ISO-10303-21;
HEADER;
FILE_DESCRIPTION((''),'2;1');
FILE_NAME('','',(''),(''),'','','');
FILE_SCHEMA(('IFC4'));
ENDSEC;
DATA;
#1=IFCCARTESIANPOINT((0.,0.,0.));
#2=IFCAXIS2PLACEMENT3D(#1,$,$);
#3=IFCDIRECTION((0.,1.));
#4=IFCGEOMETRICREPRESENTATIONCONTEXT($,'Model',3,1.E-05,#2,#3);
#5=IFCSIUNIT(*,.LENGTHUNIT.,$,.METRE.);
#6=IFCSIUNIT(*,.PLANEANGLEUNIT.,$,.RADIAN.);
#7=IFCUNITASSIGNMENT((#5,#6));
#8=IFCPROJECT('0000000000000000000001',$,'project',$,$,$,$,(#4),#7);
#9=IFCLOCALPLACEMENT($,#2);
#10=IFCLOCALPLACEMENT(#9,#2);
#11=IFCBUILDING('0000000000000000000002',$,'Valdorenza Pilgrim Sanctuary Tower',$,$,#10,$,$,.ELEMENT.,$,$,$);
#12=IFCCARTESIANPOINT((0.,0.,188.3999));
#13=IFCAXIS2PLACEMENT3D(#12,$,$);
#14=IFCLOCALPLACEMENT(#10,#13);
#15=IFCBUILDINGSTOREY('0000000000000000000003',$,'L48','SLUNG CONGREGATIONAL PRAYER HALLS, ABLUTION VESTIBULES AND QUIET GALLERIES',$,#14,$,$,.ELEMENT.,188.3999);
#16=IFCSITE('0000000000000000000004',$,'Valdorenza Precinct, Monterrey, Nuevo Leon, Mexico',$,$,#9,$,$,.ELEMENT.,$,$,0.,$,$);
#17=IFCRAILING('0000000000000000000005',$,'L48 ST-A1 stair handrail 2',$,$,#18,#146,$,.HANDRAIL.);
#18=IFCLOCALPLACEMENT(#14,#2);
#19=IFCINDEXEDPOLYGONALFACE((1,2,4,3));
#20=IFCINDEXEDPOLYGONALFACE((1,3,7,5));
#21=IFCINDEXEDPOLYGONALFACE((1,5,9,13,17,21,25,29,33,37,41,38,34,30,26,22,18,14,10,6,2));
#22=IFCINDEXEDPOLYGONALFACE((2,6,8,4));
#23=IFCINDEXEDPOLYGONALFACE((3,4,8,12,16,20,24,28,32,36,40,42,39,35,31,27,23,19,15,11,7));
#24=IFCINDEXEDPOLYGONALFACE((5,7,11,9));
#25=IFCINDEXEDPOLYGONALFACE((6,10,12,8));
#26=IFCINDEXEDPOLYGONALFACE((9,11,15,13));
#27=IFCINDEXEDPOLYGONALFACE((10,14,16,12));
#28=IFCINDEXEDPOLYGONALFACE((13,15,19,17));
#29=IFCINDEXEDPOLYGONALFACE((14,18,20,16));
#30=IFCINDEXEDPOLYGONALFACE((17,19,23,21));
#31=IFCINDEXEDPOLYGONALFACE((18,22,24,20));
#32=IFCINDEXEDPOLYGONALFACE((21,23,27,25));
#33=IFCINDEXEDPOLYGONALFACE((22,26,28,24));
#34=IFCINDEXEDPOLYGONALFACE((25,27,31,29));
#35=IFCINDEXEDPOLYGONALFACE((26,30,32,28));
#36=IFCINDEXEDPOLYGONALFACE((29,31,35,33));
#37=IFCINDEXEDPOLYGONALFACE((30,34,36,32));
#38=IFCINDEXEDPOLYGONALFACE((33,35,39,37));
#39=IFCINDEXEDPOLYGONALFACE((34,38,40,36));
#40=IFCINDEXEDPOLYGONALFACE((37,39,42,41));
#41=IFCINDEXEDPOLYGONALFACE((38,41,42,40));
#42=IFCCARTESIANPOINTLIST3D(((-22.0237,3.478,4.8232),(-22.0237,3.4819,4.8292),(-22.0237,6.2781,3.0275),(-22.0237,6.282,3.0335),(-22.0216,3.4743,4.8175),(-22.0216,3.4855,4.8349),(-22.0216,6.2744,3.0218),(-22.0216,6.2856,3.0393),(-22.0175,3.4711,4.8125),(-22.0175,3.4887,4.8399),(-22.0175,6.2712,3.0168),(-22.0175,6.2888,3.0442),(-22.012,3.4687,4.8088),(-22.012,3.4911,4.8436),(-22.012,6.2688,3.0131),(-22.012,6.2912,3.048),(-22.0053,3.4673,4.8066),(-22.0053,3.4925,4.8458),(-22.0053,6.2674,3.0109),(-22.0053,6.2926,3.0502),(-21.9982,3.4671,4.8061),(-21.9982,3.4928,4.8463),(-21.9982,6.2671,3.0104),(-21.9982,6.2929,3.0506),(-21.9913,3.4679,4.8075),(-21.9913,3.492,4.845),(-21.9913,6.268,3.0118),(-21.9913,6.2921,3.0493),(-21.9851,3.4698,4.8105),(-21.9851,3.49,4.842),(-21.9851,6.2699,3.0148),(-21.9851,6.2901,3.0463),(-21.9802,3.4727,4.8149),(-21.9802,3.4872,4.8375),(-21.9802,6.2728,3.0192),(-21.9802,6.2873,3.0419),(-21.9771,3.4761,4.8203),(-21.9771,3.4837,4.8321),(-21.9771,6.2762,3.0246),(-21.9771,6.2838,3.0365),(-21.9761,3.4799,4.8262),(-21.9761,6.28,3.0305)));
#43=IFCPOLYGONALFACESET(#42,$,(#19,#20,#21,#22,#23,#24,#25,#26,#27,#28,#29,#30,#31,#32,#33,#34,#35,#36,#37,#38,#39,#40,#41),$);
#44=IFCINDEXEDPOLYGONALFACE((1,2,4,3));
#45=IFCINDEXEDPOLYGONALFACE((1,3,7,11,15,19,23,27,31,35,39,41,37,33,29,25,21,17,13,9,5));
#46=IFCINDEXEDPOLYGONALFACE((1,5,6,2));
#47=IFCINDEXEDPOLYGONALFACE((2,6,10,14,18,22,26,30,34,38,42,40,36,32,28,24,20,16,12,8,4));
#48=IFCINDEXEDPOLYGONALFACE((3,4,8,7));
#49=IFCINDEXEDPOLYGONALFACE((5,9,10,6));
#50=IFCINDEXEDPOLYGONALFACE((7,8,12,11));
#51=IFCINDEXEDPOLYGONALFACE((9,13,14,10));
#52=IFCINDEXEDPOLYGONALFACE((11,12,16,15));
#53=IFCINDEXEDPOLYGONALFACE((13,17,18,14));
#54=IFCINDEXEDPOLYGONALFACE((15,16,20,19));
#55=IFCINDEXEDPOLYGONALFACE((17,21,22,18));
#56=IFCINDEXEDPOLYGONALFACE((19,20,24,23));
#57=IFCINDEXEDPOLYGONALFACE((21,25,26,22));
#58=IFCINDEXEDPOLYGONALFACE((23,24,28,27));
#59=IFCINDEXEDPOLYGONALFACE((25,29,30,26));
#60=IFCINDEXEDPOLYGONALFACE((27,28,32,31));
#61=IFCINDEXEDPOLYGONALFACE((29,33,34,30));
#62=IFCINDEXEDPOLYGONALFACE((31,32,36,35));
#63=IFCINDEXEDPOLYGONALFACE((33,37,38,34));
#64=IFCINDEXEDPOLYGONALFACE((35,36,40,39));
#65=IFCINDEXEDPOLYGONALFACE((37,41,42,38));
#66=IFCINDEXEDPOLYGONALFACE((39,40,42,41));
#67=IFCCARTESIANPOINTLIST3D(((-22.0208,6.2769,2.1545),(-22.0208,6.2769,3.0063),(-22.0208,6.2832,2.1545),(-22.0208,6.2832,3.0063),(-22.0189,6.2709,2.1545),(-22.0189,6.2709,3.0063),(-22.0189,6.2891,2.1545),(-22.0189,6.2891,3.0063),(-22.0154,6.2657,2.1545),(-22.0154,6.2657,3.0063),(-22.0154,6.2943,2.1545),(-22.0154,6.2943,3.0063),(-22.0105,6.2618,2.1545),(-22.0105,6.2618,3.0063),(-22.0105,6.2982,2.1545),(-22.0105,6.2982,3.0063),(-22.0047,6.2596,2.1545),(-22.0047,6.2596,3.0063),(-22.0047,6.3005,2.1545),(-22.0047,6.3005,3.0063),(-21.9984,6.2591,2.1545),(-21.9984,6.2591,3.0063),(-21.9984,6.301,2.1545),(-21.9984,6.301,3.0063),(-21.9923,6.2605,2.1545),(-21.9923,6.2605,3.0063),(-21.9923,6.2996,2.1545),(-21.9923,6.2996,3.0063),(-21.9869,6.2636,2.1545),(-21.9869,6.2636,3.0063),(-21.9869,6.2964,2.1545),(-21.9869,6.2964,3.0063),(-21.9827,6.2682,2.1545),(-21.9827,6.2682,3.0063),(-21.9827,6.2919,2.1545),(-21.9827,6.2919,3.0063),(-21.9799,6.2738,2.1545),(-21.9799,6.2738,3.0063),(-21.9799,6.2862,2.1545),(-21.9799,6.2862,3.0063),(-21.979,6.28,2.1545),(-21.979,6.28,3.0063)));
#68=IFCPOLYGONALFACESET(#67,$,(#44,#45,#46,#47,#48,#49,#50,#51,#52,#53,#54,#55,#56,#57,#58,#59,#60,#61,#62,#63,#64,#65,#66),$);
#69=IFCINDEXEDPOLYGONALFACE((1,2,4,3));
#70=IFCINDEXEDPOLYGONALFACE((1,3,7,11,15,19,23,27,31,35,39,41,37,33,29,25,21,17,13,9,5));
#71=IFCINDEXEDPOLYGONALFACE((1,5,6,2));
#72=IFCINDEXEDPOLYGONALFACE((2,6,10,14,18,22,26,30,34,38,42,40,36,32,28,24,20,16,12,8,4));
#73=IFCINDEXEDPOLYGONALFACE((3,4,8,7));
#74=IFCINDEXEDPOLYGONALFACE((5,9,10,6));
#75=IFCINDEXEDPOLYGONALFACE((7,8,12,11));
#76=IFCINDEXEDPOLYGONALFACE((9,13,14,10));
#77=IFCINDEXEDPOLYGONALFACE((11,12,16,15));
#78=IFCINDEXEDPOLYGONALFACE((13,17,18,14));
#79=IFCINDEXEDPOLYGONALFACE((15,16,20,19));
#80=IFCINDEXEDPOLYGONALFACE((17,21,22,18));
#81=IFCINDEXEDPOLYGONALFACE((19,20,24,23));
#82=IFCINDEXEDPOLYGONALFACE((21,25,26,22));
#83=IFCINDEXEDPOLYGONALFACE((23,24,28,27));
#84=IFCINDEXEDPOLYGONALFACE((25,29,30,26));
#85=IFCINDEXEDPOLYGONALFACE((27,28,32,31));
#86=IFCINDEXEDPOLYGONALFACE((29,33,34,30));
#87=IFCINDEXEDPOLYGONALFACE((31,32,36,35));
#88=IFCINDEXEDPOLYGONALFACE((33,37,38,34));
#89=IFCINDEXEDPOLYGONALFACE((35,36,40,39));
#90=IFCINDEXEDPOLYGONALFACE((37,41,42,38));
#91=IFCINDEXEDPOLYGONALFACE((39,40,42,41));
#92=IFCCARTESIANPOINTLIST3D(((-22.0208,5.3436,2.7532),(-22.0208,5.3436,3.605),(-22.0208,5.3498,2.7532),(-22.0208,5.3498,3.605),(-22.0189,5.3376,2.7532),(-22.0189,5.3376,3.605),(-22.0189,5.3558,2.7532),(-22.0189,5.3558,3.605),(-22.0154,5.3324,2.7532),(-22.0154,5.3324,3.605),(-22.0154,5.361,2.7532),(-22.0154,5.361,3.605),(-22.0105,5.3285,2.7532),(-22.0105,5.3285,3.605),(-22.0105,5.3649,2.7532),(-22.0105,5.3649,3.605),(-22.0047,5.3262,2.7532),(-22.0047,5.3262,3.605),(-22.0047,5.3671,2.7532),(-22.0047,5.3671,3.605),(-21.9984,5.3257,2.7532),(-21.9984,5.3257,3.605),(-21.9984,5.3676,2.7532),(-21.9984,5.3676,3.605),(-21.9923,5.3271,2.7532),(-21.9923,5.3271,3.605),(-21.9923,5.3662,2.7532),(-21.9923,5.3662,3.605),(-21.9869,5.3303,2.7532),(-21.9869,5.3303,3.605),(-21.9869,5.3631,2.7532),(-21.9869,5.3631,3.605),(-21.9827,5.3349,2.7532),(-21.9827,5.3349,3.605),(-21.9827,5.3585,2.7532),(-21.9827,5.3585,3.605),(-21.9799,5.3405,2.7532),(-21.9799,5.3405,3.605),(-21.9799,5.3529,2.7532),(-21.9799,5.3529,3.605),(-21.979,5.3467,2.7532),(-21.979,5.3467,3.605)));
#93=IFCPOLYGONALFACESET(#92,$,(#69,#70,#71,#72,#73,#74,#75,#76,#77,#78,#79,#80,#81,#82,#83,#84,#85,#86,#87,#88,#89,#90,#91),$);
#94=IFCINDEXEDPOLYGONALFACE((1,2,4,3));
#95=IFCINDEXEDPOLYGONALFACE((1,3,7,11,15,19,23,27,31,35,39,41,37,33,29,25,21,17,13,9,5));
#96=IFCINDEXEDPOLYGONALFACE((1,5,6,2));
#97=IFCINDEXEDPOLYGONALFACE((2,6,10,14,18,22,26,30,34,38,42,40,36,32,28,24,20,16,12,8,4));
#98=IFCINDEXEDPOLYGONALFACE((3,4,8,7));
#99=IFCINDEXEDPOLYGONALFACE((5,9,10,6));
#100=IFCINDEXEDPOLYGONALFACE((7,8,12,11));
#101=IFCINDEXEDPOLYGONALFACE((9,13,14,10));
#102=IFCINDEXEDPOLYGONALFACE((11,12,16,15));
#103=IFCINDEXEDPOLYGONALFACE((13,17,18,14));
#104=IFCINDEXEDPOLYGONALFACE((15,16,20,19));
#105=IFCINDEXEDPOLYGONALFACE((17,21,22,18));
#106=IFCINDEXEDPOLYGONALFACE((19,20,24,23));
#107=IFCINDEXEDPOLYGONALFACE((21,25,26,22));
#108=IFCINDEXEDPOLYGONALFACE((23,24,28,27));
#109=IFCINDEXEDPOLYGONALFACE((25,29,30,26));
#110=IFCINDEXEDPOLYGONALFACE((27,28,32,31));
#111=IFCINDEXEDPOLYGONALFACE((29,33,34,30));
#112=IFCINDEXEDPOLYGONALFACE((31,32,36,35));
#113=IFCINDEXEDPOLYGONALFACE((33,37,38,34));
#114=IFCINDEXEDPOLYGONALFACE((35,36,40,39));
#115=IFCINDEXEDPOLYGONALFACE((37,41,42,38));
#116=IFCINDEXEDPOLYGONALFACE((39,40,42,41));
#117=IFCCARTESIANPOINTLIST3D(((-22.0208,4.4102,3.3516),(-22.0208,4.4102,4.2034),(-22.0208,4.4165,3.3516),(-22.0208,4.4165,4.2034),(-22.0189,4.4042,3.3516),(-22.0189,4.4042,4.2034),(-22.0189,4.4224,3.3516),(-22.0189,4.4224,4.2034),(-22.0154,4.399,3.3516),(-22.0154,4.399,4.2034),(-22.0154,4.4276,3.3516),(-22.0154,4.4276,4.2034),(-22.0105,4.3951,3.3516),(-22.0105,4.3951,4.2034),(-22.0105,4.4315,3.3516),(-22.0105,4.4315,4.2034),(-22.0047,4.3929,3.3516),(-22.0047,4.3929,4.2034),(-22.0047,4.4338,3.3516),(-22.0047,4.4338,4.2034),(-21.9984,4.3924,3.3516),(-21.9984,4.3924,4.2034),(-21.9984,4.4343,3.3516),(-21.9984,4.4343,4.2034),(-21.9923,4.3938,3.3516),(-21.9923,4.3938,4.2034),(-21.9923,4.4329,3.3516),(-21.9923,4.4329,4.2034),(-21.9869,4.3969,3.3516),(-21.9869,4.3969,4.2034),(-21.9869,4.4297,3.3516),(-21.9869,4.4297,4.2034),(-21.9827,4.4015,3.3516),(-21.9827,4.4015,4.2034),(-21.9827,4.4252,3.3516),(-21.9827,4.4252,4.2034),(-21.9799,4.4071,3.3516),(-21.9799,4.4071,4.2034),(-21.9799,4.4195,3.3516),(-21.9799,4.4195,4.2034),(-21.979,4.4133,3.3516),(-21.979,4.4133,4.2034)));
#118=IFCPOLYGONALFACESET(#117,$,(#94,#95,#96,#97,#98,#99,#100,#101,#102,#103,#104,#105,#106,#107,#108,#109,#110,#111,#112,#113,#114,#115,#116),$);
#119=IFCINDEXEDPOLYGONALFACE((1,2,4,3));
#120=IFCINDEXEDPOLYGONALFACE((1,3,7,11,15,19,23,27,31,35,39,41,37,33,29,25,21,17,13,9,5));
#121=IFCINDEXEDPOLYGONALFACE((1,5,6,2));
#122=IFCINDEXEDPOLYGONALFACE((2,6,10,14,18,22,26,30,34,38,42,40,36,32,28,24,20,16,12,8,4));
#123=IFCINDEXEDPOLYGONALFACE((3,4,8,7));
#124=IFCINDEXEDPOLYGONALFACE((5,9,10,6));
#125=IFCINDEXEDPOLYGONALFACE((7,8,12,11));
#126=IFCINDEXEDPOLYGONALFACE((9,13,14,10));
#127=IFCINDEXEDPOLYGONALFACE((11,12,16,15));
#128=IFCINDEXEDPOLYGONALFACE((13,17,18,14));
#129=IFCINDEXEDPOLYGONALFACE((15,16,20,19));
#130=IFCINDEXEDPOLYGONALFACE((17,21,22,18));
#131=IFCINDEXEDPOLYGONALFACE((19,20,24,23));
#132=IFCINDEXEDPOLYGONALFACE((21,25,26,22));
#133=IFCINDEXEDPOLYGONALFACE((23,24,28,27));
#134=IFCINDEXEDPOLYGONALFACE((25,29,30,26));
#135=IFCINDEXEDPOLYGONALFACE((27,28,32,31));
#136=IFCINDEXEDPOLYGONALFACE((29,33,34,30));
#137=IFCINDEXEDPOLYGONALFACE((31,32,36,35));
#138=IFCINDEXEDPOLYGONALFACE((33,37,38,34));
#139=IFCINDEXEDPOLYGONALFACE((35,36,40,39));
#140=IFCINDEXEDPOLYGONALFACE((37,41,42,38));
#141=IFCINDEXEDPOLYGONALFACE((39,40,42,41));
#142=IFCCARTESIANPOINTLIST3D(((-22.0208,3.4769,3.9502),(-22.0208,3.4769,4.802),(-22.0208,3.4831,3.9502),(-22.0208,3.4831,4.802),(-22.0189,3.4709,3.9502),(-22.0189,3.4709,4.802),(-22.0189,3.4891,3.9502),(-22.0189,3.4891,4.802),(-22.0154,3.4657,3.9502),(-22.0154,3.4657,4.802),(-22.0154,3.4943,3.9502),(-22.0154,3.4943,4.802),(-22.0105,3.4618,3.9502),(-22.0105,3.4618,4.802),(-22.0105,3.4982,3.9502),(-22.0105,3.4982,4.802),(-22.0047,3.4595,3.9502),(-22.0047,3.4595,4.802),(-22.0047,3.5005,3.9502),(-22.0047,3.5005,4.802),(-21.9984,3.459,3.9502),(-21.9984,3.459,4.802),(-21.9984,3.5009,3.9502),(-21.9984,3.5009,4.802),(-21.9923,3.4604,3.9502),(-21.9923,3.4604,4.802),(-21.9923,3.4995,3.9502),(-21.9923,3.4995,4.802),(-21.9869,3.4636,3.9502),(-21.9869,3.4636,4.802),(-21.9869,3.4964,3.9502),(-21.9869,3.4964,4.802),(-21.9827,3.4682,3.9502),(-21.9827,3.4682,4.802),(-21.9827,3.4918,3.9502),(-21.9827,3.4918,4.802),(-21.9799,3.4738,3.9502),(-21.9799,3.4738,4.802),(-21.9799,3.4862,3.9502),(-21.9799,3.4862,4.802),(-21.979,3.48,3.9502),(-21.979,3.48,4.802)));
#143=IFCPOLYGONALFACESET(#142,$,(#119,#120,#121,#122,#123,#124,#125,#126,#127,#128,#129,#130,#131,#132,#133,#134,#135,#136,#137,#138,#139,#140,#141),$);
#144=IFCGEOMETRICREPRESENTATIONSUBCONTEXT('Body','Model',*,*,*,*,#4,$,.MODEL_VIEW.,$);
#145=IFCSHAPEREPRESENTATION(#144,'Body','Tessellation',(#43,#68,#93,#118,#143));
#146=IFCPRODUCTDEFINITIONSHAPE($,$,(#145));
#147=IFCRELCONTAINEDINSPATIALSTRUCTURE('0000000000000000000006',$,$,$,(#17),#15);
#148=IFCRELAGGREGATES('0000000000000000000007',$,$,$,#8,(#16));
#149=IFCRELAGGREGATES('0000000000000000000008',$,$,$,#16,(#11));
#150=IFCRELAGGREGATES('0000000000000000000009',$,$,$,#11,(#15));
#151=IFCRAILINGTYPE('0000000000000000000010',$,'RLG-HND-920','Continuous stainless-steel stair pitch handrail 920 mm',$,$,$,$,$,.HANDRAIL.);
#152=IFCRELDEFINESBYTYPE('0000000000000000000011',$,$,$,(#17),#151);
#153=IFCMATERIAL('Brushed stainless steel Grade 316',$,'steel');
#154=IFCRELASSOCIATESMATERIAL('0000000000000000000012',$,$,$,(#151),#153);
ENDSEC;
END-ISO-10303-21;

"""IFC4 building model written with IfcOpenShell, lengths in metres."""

from ifc_helpers import new_model, si_unit, direction, frame, origin, origin_2d, place, context, subcontext, project, spatial, circle, extrude, material, type_object, element, save


model = new_model("IFC4")

# Units and contexts
model_context = context("Model", 3, precision=1e-05, world=origin(), true_north=direction((0.0, 1.0)))
body_context = subcontext(model_context, "Body", "Model", "MODEL_VIEW")
ifc_project = project(units=[si_unit("LENGTHUNIT", "METRE"), si_unit("PLANEANGLEUNIT", "RADIAN")], contexts=[model_context])

# Site, building, storey
site_placement = place(None, origin())
site = spatial("IfcSite", under=ifc_project, at=site_placement, Name="Valdorenza Precinct, Monterrey, Nuevo Leon, Mexico", CompositionType="ELEMENT", RefElevation=0.0)
building_placement = place(site_placement, origin())
building = spatial("IfcBuilding", under=site, at=building_placement, Name="Valdorenza Pilgrim Sanctuary Tower", CompositionType="ELEMENT")
storey_placement = place(building_placement, frame((0.0, 0.0, 188.3999)))
storey = spatial("IfcBuildingStorey", under=building, at=storey_placement, Name="L48", Description="SLUNG CONGREGATIONAL PRAYER HALLS, ABLUTION VESTIBULES AND QUIET GALLERIES", CompositionType="ELEMENT", Elevation=188.3999)

# Shared definitions
ifc_material_1 = material(Name="Brushed stainless steel Grade 316", Category="steel")

# Railing
railing_type_1 = type_object("IfcRailingType", Name="RLG-HND-920", Description="Continuous stainless-steel stair pitch handrail 920 mm", PredefinedType="HANDRAIL", material=ifc_material_1)
railing_1_placement = place(storey_placement, frame((-22.0, 6.28, 2.1545)))
element("IfcRailing", 1, at=railing_1_placement, inside=storey, type_object=railing_type_1, Name="L48 ST-A1 stair handrail 2", PredefinedType="HANDRAIL", context=body_context, shape_type="SweptSolid", body=[
    extrude(circle(Radius=0.0239, at=origin_2d()), frame((0.0, 0.0, 0.876), z_axis=(0.0, -0.841777, 0.539826), x_axis=(1.0, 0.0, 0.0)), (0.0, 0.0, 1.0), 3.3264),
    extrude(circle(Radius=0.021, at=origin_2d()), origin(), (0.0, 0.0, 1.0), 0.8518),
    extrude(circle(Radius=0.021, at=origin_2d()), frame((0.0, -0.9333, 0.5986)), (0.0, 0.0, 1.0), 0.8518),
    extrude(circle(Radius=0.021, at=origin_2d()), frame((0.0, -1.8667, 1.197)), (0.0, 0.0, 1.0), 0.8518),
    extrude(circle(Radius=0.021, at=origin_2d()), frame((0.0, -2.8, 1.7957)), (0.0, 0.0, 1.0), 0.8518),
])

save(model, "model.ifc")
